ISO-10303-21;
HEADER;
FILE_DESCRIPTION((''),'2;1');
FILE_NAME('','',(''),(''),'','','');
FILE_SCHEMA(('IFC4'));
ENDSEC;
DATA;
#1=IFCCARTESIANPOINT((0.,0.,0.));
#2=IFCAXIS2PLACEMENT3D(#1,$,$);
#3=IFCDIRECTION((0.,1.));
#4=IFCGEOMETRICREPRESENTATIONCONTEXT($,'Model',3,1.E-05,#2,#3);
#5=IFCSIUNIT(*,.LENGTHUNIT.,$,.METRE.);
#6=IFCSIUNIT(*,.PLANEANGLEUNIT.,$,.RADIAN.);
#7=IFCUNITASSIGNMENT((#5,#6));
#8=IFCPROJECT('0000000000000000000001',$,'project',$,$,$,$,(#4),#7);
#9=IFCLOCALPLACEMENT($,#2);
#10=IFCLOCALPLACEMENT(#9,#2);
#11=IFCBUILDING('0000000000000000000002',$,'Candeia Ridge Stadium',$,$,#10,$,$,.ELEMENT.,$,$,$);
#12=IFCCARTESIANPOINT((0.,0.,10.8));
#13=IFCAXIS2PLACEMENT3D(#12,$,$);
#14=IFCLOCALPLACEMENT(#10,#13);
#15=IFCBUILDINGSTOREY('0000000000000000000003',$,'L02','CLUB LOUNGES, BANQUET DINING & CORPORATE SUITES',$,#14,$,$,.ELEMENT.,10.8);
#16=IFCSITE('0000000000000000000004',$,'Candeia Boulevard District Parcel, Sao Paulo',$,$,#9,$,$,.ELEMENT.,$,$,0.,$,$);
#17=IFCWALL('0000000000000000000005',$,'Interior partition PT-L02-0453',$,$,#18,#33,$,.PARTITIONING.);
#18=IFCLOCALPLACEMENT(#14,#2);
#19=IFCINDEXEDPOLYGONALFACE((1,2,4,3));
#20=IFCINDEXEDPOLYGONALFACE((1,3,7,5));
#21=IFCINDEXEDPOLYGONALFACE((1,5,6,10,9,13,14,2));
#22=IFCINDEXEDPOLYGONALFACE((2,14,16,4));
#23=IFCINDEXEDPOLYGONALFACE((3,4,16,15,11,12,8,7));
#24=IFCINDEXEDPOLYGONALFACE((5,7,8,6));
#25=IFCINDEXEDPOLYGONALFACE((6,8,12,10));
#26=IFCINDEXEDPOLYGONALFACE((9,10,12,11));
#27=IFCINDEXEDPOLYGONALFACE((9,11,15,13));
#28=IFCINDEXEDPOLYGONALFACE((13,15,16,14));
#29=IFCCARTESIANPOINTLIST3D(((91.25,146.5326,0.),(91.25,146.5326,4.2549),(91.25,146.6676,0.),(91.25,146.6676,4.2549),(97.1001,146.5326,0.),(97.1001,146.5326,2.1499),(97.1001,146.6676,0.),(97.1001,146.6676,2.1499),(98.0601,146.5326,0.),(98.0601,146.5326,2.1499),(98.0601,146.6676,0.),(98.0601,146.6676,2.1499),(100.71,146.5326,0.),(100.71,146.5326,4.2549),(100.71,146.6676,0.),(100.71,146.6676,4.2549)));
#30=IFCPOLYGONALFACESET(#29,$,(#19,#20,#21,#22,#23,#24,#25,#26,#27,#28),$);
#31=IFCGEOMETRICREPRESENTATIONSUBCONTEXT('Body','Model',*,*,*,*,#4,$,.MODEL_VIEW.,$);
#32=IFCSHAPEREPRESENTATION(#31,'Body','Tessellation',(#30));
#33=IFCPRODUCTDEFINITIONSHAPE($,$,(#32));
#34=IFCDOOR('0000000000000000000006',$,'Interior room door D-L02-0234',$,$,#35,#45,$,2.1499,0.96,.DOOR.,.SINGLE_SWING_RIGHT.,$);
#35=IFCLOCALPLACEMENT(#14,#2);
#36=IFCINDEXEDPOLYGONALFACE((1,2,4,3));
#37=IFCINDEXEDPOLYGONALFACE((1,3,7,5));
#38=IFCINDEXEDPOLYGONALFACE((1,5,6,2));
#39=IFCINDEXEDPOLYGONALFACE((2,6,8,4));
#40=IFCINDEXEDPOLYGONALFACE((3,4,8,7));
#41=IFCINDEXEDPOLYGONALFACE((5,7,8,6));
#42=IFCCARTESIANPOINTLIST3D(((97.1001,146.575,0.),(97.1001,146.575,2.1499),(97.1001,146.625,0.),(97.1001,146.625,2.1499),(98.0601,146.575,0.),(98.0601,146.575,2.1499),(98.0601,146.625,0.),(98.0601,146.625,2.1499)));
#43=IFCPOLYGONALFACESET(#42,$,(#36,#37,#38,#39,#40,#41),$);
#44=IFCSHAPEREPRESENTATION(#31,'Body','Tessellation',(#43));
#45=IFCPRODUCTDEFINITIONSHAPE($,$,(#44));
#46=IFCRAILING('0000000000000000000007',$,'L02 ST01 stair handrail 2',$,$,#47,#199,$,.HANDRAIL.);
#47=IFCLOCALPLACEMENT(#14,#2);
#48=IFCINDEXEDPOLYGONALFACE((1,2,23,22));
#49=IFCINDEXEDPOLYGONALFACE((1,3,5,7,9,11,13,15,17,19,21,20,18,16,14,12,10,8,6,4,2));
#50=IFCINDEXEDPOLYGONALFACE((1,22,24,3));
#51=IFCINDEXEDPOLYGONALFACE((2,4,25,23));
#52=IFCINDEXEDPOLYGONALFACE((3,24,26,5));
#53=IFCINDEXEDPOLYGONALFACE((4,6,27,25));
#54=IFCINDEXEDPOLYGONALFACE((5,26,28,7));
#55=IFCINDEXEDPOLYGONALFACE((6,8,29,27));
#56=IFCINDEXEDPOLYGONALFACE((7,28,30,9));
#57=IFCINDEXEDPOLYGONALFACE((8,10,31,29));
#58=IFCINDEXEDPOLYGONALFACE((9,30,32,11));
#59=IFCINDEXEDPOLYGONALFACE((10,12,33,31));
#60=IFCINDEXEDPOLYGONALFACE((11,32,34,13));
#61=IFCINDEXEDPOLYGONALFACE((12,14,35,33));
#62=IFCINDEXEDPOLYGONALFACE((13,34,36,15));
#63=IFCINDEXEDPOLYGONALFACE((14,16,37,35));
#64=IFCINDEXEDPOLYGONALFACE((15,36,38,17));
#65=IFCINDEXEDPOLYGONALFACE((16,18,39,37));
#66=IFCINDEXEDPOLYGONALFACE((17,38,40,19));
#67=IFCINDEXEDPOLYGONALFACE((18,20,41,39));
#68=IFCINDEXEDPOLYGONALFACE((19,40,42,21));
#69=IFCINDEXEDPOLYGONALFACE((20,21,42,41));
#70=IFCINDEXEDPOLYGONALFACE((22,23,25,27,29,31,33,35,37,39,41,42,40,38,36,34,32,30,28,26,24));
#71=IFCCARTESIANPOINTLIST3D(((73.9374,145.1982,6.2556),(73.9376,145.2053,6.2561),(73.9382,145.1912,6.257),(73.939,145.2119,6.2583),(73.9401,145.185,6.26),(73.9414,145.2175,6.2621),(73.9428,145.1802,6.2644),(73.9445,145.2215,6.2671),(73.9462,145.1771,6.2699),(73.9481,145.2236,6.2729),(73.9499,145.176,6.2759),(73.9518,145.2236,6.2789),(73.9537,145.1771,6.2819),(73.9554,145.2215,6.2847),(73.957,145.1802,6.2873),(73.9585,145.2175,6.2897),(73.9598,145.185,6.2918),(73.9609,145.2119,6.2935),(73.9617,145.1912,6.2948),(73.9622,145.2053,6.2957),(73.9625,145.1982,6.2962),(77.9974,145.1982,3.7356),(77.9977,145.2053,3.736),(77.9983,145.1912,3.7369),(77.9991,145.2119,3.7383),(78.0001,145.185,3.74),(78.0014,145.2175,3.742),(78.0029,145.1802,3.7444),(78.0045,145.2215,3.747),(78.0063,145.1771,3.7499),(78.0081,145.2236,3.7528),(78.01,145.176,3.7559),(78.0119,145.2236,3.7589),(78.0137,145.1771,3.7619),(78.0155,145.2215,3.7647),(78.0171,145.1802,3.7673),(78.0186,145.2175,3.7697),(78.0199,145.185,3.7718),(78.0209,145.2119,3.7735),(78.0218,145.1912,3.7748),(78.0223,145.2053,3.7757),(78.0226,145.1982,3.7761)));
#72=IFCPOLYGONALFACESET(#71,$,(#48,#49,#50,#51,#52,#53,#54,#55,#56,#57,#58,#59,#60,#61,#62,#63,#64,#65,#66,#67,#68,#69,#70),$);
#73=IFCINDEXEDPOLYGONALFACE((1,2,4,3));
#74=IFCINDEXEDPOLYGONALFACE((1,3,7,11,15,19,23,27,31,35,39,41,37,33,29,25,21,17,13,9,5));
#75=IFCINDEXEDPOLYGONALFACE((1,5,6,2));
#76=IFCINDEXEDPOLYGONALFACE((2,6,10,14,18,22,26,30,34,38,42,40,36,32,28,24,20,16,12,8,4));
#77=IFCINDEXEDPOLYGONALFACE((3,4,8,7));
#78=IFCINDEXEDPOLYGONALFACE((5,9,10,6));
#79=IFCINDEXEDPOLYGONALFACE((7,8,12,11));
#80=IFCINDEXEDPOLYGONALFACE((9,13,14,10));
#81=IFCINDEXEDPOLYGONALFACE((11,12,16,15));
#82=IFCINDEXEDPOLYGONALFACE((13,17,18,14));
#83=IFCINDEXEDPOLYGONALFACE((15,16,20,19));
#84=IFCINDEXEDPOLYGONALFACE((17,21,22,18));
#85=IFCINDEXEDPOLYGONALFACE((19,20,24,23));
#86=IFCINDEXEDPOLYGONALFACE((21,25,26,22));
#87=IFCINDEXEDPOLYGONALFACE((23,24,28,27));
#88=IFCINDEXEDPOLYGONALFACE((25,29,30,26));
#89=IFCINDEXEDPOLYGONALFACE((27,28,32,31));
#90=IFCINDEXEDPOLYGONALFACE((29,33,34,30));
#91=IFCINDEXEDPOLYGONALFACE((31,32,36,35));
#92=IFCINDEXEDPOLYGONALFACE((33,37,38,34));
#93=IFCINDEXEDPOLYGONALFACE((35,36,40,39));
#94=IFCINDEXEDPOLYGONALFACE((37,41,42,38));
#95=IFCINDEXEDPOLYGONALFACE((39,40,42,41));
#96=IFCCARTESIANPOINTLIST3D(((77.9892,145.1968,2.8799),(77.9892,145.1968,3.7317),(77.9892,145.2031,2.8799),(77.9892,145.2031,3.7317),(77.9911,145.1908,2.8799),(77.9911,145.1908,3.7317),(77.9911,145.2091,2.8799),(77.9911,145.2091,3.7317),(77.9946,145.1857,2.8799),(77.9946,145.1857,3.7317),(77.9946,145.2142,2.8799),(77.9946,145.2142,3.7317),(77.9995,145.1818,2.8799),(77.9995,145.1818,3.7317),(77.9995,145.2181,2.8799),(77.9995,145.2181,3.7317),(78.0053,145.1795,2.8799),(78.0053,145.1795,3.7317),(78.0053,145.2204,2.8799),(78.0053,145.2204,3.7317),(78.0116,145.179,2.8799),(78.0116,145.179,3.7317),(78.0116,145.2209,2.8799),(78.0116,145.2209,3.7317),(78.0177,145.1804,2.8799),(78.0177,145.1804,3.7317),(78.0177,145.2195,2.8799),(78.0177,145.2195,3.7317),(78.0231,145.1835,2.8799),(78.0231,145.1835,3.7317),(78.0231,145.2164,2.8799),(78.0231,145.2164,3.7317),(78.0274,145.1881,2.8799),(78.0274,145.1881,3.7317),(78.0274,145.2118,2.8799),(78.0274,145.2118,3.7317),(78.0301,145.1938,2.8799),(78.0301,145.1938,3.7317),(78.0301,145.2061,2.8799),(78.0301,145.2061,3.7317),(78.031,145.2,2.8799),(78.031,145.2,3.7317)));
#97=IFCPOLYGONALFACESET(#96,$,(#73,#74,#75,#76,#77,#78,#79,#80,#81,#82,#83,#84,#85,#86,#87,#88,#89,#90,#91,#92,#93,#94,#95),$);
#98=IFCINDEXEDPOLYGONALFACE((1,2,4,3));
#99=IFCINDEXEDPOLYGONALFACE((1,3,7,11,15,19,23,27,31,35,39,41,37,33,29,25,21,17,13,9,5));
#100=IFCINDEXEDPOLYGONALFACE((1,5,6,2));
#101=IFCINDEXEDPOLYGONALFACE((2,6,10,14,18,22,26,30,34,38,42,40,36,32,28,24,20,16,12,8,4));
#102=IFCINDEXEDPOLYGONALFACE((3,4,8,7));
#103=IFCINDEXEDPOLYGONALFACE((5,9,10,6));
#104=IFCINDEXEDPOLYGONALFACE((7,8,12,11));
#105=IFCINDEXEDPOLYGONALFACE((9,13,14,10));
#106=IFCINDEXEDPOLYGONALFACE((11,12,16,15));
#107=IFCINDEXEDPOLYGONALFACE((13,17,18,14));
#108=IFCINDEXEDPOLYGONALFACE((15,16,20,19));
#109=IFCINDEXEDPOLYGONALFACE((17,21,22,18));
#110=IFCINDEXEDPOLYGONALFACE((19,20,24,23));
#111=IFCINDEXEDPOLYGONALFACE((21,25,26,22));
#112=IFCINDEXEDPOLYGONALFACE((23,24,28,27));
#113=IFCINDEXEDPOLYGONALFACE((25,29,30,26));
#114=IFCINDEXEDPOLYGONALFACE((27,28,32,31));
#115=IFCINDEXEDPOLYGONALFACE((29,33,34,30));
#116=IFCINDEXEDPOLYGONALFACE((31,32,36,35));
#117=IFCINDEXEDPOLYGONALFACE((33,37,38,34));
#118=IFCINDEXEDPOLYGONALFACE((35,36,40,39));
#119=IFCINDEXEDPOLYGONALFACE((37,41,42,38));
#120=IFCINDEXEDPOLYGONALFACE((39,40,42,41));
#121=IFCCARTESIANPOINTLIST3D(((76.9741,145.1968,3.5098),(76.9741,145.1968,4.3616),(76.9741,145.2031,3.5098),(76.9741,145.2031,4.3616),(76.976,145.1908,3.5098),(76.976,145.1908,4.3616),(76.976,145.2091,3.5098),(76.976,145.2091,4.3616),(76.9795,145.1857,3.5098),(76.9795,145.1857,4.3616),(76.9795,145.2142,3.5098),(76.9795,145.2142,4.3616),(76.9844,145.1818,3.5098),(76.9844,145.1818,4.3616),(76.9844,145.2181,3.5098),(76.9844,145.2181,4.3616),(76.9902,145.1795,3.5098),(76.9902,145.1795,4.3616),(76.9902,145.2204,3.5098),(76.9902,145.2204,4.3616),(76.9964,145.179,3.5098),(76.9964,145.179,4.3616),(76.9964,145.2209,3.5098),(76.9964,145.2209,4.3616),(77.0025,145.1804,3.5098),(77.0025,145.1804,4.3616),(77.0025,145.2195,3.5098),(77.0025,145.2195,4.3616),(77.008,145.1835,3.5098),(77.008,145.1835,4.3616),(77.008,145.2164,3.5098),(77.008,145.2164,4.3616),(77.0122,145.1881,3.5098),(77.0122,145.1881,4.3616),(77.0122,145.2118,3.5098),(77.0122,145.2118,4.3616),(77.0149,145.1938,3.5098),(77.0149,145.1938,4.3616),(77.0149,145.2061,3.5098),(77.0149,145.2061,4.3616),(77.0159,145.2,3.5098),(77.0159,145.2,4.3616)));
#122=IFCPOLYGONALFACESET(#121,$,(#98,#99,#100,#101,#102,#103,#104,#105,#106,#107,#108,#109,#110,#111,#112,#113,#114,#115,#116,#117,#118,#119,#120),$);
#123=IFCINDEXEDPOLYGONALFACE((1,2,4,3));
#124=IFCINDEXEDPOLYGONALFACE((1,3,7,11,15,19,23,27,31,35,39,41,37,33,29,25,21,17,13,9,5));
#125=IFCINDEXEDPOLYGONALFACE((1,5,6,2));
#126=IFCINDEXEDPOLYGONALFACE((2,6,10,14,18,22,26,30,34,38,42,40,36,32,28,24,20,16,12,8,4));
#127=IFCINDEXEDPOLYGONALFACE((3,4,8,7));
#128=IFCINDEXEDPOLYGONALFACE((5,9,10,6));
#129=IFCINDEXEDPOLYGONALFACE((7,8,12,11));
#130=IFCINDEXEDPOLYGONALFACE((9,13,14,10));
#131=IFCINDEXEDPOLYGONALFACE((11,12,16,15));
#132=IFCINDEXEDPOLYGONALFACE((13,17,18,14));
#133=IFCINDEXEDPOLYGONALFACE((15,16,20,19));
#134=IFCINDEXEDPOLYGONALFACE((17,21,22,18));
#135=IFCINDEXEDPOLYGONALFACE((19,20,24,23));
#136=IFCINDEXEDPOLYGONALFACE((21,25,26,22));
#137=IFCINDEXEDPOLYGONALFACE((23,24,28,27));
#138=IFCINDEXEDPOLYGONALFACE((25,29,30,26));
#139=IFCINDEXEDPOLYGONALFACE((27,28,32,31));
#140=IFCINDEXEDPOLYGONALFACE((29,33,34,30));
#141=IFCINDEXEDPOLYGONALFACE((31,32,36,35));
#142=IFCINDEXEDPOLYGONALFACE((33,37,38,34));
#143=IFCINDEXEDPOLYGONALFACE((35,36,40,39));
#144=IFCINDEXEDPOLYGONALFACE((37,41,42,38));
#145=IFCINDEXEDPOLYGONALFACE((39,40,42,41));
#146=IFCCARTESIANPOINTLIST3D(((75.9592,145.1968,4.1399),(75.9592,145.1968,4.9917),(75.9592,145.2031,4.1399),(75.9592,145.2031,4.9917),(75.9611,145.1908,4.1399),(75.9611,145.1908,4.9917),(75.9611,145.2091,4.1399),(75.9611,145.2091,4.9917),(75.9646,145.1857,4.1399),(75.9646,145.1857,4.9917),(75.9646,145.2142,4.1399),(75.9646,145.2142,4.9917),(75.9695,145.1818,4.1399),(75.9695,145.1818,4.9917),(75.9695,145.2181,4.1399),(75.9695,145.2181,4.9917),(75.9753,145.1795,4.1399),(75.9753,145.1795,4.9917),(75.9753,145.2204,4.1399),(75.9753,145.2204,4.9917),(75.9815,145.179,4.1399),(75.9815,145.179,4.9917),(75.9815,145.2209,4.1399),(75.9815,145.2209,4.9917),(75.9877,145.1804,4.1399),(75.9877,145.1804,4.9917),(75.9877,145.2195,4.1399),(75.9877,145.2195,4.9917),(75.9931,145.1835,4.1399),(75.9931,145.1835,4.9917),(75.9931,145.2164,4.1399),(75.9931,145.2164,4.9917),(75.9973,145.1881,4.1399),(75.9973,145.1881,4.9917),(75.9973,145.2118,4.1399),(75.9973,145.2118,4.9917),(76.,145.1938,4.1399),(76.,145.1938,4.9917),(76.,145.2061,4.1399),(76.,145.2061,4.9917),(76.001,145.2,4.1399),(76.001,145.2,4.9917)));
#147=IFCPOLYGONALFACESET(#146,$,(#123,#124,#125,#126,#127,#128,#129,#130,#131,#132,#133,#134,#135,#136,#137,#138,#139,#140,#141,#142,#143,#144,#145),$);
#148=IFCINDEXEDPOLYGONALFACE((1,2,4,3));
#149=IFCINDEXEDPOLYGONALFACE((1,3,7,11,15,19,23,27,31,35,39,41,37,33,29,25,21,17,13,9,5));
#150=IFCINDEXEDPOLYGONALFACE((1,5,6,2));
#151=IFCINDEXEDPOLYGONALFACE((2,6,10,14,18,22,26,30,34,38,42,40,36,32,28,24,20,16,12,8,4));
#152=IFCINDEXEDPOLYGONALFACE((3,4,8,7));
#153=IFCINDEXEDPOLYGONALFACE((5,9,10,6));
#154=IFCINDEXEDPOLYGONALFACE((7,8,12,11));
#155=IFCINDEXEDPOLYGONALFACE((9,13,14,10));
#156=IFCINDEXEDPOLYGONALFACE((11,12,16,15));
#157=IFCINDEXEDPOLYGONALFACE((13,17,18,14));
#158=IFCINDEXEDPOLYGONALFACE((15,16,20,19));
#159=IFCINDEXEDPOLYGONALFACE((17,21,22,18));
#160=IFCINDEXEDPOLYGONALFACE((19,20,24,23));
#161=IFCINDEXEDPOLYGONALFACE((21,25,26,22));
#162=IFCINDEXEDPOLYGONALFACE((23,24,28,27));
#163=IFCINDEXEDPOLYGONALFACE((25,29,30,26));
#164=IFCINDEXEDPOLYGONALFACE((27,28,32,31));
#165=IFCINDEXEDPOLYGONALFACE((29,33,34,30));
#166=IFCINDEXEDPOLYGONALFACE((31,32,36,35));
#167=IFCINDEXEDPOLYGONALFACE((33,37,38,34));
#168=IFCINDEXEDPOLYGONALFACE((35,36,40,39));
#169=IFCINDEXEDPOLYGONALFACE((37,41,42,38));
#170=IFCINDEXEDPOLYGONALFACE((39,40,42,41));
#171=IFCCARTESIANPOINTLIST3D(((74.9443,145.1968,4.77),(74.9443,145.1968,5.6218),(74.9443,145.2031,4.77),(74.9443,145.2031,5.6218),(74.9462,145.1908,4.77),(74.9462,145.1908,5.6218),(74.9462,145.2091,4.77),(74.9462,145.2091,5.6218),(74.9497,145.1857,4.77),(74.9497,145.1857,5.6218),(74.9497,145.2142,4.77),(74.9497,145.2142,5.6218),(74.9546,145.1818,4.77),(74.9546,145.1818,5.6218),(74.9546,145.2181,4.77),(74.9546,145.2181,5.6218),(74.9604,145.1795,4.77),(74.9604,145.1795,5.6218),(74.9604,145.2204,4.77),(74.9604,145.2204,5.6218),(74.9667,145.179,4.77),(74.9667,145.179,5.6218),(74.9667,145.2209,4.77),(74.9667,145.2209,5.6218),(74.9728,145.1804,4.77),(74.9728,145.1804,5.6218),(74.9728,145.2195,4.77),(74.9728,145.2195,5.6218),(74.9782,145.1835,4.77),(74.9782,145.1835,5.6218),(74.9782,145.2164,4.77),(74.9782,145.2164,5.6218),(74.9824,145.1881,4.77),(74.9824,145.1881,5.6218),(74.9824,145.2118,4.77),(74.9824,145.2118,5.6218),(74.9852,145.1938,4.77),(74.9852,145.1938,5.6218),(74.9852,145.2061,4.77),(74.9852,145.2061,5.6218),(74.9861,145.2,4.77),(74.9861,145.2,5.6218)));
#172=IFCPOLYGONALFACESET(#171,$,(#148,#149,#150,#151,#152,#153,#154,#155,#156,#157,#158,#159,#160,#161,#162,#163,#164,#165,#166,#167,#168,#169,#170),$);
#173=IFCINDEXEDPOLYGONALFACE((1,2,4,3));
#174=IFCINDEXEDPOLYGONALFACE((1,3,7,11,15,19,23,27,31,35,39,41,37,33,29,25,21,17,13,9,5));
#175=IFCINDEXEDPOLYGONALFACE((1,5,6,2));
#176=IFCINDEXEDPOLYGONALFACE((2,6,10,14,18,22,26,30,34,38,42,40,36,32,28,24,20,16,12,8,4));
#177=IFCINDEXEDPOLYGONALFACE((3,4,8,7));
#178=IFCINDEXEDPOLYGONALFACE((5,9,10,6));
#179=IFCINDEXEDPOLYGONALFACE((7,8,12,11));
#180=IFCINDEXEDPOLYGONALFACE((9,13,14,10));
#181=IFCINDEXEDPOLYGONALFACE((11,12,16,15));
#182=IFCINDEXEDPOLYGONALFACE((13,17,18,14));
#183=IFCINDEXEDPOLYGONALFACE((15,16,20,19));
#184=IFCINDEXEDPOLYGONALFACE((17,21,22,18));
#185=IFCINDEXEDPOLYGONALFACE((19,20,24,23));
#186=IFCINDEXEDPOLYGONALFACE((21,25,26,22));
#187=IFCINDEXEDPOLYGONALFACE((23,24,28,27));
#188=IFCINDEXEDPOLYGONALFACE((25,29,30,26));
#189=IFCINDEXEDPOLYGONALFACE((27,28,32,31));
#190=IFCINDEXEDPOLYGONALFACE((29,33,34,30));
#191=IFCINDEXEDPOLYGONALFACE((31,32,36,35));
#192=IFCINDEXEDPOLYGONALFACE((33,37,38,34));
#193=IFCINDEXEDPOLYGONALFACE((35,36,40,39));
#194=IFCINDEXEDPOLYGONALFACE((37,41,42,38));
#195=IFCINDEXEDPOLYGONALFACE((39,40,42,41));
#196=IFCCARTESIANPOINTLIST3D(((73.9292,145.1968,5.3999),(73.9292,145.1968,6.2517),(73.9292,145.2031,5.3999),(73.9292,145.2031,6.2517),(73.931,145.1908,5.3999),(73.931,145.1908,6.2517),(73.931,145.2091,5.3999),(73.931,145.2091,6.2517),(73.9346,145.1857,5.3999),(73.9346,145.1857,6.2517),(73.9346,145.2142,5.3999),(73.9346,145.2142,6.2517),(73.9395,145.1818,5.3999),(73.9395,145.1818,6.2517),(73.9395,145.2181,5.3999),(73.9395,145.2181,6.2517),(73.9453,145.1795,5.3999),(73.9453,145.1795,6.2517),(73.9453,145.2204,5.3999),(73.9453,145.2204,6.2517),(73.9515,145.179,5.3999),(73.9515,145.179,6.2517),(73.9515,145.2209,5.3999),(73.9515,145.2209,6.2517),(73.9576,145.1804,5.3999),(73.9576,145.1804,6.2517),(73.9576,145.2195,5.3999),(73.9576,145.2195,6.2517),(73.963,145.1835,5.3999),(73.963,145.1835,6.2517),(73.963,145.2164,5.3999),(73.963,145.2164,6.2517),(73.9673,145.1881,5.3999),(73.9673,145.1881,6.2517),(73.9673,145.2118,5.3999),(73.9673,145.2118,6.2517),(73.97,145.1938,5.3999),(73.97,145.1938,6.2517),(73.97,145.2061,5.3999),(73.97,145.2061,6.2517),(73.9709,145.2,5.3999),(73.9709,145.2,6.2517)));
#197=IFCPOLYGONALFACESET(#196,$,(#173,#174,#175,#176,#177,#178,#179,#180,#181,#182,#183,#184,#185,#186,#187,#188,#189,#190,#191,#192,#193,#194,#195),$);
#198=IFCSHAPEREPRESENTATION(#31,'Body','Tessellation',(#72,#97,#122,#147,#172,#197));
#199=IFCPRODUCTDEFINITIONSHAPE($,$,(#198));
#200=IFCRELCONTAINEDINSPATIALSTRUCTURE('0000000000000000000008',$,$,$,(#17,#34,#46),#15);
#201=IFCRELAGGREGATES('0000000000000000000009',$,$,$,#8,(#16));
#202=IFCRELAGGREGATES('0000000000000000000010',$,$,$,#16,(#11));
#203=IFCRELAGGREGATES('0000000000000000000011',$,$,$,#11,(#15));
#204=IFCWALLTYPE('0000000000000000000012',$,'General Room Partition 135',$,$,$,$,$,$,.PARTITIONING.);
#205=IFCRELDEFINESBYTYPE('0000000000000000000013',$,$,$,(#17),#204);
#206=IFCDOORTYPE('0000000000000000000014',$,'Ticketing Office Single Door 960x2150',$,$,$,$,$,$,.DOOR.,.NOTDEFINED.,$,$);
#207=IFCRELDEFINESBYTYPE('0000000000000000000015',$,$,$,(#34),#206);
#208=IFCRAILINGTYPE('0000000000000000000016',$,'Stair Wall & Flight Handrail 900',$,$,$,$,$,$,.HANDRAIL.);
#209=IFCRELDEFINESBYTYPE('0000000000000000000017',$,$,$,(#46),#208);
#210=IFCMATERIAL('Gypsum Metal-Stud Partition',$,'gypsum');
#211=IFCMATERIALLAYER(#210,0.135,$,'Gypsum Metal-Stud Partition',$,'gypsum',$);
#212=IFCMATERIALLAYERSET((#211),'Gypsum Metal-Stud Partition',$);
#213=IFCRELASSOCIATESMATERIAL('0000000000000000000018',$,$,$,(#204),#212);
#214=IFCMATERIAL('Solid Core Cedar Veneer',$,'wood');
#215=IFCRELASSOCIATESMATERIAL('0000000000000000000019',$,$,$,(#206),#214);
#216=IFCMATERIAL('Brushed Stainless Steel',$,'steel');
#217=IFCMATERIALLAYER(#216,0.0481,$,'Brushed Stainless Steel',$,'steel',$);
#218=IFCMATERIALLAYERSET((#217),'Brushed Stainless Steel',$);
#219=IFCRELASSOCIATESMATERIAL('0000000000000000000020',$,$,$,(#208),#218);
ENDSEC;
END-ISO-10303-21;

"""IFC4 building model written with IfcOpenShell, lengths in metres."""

from ifc_helpers import new_model, si_unit, direction, frame, frame_2d, origin, origin_2d, place, context, subcontext, project, spatial, rectangle, circle, extrude, material, layer, layer_set, type_object, element, fill, save


model = new_model("IFC4")

# Units and contexts
model_context = context("Model", 3, precision=1e-05, world=origin(), true_north=direction((0.0, 1.0)))
body_context = subcontext(model_context, "Body", "Model", "MODEL_VIEW")
ifc_project = project(units=[si_unit("LENGTHUNIT", "METRE"), si_unit("PLANEANGLEUNIT", "RADIAN")], contexts=[model_context])

# Site, building, storey
site_placement = place(None, origin())
site = spatial("IfcSite", under=ifc_project, at=site_placement, Name="Candeia Boulevard District Parcel, Sao Paulo", CompositionType="ELEMENT", RefElevation=0.0)
building_placement = place(site_placement, origin())
building = spatial("IfcBuilding", under=site, at=building_placement, Name="Candeia Ridge Stadium", CompositionType="ELEMENT")
storey_placement = place(building_placement, frame((0.0, 0.0, 10.8)))
storey = spatial("IfcBuildingStorey", under=building, at=storey_placement, Name="L02", Description="CLUB LOUNGES, BANQUET DINING & CORPORATE SUITES", CompositionType="ELEMENT", Elevation=10.8)

# Wall, opening, door
ifc_material_1 = material(Name="Gypsum Metal-Stud Partition", Category="gypsum")
ifc_layer_1 = layer(ifc_material_1, 0.135, Name="Gypsum Metal-Stud Partition", Category="gypsum")
ifc_layer_set_1 = layer_set([ifc_layer_1], Name="Gypsum Metal-Stud Partition")
wall_type_1 = type_object("IfcWallType", Name="General Room Partition 135", PredefinedType="PARTITIONING", material=ifc_layer_set_1)
wall_1_placement = place(storey_placement, frame((91.25, 146.6001, 0.0), z_axis=(0.0, 0.0, 1.0), x_axis=(1.0, 0.0, 0.0)))
wall_1 = element("IfcWall", 1, at=wall_1_placement, inside=storey, type_object=wall_type_1, Name="Interior partition PT-L02-0453", PredefinedType="PARTITIONING", context=body_context, shape_type="SweptSolid", body=[
    extrude(rectangle(XDim=9.46, YDim=0.135, at=frame_2d((4.73, 0.0))), origin(), (0.0, 0.0, 1.0), 4.2549),
])
opening_1_placement = place(wall_1_placement, frame((5.8501, 0.0, 0.0)))
opening_1 = element("IfcOpeningElement", 2, at=opening_1_placement, cuts=wall_1, PredefinedType="OPENING", context=body_context, shape_type="SweptSolid", body=[
    extrude(rectangle(XDim=0.96, YDim=2.1499, at=frame_2d((0.48, 1.075))), frame((0.0, 0.0774, 0.0), z_axis=(0.0, -1.0, 0.0), x_axis=(1.0, 0.0, 0.0)), (0.0, 0.0, 1.0), 0.155),
])
ifc_material_2 = material(Name="Solid Core Cedar Veneer", Category="wood")
door_type_1 = type_object("IfcDoorType", Name="Ticketing Office Single Door 960x2150", OperationType="NOTDEFINED", PredefinedType="DOOR", material=ifc_material_2)
door_1_placement = place(opening_1_placement, origin())
door_1 = element("IfcDoor", 3, at=door_1_placement, inside=storey, type_object=door_type_1, Name="Interior room door D-L02-0234", OperationType="SINGLE_SWING_RIGHT", OverallHeight=2.1499, OverallWidth=0.96, PredefinedType="DOOR", context=body_context, shape_type="SweptSolid", body=[
    extrude(rectangle(XDim=0.96, YDim=2.1499, at=frame_2d((0.48, 1.075))), frame((0.0, 0.0249, 0.0), z_axis=(0.0, -1.0, 0.0), x_axis=(1.0, 0.0, 0.0)), (0.0, 0.0, 1.0), 0.05),
])
fill(opening_1, door_1)

# Railing
ifc_material_3 = material(Name="Brushed Stainless Steel", Category="steel")
ifc_layer_2 = layer(ifc_material_3, 0.0481, Name="Brushed Stainless Steel", Category="steel")
ifc_layer_set_2 = layer_set([ifc_layer_2], Name="Brushed Stainless Steel")
railing_type = type_object("IfcRailingType", Name="Stair Wall & Flight Handrail 900", PredefinedType="HANDRAIL", material=ifc_layer_set_2)
for number, where, name in (
    (4, (78.01, 145.2, 2.8799), "L02 ST01 stair handrail 2"),
):
    element("IfcRailing", number, at=place(storey_placement, frame(where)), inside=storey, type_object=railing_type, Name=name, PredefinedType="HANDRAIL", context=body_context, shape_type="SweptSolid", body=[
        extrude(circle(Radius=0.0239, at=origin_2d()), frame((0.0, 0.0, 0.876), z_axis=(-0.849642, 0.0, 0.52736), x_axis=(0.0, -1.0, 0.0)), (0.0, 0.0, 1.0), 4.7786),
        extrude(circle(Radius=0.021, at=origin_2d()), origin(), (0.0, 0.0, 1.0), 0.8518),
        extrude(circle(Radius=0.021, at=origin_2d()), frame((-1.0151, 0.0, 0.6299)), (0.0, 0.0, 1.0), 0.8518),
        extrude(circle(Radius=0.021, at=origin_2d()), frame((-2.03, 0.0, 1.26)), (0.0, 0.0, 1.0), 0.8518),
        extrude(circle(Radius=0.021, at=origin_2d()), frame((-3.0449, 0.0, 1.8901)), (0.0, 0.0, 1.0), 0.8518),
        extrude(circle(Radius=0.021, at=origin_2d()), frame((-4.0601, 0.0, 2.52)), (0.0, 0.0, 1.0), 0.8518),
    ])

save(model, "model.ifc")
